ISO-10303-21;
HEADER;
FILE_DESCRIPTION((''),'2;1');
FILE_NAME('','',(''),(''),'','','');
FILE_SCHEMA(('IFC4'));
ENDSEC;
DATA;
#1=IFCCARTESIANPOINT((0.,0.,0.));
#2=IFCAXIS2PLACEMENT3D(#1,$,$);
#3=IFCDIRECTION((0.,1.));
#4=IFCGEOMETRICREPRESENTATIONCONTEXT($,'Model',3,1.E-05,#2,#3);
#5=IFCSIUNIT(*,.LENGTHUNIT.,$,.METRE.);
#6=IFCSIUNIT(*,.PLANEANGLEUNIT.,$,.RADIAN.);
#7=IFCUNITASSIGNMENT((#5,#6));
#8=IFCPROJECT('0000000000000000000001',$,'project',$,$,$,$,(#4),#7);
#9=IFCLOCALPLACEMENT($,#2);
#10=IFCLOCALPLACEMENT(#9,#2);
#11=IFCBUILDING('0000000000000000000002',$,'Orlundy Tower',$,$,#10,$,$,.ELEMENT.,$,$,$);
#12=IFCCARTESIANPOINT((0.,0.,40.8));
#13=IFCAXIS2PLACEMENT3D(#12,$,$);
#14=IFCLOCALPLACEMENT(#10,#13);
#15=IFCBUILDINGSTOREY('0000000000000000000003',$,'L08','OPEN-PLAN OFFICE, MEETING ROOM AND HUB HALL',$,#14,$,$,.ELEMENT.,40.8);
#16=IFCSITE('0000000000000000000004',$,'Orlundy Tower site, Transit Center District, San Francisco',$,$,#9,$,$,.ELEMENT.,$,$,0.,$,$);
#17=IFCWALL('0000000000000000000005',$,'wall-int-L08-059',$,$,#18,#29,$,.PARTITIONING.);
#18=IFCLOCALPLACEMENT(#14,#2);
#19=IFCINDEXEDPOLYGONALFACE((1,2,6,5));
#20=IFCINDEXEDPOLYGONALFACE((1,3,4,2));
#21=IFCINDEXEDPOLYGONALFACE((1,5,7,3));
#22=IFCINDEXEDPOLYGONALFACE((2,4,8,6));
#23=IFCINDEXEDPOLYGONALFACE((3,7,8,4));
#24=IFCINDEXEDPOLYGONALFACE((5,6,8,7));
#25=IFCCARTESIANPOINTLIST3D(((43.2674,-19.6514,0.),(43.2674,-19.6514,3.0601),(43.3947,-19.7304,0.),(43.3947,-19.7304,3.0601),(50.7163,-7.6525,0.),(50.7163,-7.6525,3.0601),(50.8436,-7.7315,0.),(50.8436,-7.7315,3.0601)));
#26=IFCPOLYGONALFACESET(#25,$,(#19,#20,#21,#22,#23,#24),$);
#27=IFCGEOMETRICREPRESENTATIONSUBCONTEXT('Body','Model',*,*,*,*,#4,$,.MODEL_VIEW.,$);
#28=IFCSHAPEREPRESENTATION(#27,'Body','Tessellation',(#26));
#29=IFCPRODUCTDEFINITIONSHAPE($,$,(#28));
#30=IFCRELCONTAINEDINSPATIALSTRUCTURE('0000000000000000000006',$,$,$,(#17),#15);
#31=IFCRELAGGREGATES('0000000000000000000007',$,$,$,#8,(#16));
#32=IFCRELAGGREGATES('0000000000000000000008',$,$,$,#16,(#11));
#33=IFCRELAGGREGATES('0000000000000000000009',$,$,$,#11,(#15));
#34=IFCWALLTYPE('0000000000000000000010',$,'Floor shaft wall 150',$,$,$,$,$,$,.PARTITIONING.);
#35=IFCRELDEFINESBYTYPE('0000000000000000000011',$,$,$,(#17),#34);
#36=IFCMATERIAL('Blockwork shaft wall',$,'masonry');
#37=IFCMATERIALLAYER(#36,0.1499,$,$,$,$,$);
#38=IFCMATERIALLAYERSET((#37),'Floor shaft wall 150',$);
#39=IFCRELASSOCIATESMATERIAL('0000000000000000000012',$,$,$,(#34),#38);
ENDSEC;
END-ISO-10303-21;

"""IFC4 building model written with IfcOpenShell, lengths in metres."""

from ifc_helpers import new_model, si_unit, direction, frame, frame_2d, origin, place, context, subcontext, project, spatial, rectangle, extrude, material, layer, layer_set, type_object, element, save


model = new_model("IFC4")

# Units and contexts
model_context = context("Model", 3, precision=1e-05, world=origin(), true_north=direction((0.0, 1.0)))
body_context = subcontext(model_context, "Body", "Model", "MODEL_VIEW")
ifc_project = project(units=[si_unit("LENGTHUNIT", "METRE"), si_unit("PLANEANGLEUNIT", "RADIAN")], contexts=[model_context])

# Site, building, storey
site_placement = place(None, origin())
site = spatial("IfcSite", under=ifc_project, at=site_placement, Name="Orlundy Tower site, Transit Center District, San Francisco", CompositionType="ELEMENT", RefElevation=0.0)
building_placement = place(site_placement, origin())
building = spatial("IfcBuilding", under=site, at=building_placement, Name="Orlundy Tower", CompositionType="ELEMENT")
storey_placement = place(building_placement, frame((0.0, 0.0, 40.8)))
storey = spatial("IfcBuildingStorey", under=building, at=storey_placement, Name="L08", Description="OPEN-PLAN OFFICE, MEETING ROOM AND HUB HALL", CompositionType="ELEMENT", Elevation=40.8)

# Shared definitions
ifc_material_1 = material(Name="Blockwork shaft wall", Category="masonry")
ifc_layer_1 = layer(ifc_material_1, 0.1499)
ifc_layer_set_1 = layer_set([ifc_layer_1], Name="Floor shaft wall 150")
wall_type_1 = type_object("IfcWallType", Name="Floor shaft wall 150", PredefinedType="PARTITIONING", material=ifc_layer_set_1)

# Wall
wall_1_placement = place(storey_placement, frame((43.3311, -19.6909, 0.0), z_axis=(0.0, 0.0, 1.0), x_axis=(0.52743, 0.849599, 0.0)))
element("IfcWall", 1, at=wall_1_placement, inside=storey, type_object=wall_type_1, Name="wall-int-L08-059", PredefinedType="PARTITIONING", context=body_context, shape_type="SweptSolid", body=[
    extrude(rectangle(XDim=14.123, YDim=0.1499, at=frame_2d((7.0615, 0.0))), origin(), (0.0, 0.0, 1.0), 3.0601),
])

save(model, "model.ifc")
